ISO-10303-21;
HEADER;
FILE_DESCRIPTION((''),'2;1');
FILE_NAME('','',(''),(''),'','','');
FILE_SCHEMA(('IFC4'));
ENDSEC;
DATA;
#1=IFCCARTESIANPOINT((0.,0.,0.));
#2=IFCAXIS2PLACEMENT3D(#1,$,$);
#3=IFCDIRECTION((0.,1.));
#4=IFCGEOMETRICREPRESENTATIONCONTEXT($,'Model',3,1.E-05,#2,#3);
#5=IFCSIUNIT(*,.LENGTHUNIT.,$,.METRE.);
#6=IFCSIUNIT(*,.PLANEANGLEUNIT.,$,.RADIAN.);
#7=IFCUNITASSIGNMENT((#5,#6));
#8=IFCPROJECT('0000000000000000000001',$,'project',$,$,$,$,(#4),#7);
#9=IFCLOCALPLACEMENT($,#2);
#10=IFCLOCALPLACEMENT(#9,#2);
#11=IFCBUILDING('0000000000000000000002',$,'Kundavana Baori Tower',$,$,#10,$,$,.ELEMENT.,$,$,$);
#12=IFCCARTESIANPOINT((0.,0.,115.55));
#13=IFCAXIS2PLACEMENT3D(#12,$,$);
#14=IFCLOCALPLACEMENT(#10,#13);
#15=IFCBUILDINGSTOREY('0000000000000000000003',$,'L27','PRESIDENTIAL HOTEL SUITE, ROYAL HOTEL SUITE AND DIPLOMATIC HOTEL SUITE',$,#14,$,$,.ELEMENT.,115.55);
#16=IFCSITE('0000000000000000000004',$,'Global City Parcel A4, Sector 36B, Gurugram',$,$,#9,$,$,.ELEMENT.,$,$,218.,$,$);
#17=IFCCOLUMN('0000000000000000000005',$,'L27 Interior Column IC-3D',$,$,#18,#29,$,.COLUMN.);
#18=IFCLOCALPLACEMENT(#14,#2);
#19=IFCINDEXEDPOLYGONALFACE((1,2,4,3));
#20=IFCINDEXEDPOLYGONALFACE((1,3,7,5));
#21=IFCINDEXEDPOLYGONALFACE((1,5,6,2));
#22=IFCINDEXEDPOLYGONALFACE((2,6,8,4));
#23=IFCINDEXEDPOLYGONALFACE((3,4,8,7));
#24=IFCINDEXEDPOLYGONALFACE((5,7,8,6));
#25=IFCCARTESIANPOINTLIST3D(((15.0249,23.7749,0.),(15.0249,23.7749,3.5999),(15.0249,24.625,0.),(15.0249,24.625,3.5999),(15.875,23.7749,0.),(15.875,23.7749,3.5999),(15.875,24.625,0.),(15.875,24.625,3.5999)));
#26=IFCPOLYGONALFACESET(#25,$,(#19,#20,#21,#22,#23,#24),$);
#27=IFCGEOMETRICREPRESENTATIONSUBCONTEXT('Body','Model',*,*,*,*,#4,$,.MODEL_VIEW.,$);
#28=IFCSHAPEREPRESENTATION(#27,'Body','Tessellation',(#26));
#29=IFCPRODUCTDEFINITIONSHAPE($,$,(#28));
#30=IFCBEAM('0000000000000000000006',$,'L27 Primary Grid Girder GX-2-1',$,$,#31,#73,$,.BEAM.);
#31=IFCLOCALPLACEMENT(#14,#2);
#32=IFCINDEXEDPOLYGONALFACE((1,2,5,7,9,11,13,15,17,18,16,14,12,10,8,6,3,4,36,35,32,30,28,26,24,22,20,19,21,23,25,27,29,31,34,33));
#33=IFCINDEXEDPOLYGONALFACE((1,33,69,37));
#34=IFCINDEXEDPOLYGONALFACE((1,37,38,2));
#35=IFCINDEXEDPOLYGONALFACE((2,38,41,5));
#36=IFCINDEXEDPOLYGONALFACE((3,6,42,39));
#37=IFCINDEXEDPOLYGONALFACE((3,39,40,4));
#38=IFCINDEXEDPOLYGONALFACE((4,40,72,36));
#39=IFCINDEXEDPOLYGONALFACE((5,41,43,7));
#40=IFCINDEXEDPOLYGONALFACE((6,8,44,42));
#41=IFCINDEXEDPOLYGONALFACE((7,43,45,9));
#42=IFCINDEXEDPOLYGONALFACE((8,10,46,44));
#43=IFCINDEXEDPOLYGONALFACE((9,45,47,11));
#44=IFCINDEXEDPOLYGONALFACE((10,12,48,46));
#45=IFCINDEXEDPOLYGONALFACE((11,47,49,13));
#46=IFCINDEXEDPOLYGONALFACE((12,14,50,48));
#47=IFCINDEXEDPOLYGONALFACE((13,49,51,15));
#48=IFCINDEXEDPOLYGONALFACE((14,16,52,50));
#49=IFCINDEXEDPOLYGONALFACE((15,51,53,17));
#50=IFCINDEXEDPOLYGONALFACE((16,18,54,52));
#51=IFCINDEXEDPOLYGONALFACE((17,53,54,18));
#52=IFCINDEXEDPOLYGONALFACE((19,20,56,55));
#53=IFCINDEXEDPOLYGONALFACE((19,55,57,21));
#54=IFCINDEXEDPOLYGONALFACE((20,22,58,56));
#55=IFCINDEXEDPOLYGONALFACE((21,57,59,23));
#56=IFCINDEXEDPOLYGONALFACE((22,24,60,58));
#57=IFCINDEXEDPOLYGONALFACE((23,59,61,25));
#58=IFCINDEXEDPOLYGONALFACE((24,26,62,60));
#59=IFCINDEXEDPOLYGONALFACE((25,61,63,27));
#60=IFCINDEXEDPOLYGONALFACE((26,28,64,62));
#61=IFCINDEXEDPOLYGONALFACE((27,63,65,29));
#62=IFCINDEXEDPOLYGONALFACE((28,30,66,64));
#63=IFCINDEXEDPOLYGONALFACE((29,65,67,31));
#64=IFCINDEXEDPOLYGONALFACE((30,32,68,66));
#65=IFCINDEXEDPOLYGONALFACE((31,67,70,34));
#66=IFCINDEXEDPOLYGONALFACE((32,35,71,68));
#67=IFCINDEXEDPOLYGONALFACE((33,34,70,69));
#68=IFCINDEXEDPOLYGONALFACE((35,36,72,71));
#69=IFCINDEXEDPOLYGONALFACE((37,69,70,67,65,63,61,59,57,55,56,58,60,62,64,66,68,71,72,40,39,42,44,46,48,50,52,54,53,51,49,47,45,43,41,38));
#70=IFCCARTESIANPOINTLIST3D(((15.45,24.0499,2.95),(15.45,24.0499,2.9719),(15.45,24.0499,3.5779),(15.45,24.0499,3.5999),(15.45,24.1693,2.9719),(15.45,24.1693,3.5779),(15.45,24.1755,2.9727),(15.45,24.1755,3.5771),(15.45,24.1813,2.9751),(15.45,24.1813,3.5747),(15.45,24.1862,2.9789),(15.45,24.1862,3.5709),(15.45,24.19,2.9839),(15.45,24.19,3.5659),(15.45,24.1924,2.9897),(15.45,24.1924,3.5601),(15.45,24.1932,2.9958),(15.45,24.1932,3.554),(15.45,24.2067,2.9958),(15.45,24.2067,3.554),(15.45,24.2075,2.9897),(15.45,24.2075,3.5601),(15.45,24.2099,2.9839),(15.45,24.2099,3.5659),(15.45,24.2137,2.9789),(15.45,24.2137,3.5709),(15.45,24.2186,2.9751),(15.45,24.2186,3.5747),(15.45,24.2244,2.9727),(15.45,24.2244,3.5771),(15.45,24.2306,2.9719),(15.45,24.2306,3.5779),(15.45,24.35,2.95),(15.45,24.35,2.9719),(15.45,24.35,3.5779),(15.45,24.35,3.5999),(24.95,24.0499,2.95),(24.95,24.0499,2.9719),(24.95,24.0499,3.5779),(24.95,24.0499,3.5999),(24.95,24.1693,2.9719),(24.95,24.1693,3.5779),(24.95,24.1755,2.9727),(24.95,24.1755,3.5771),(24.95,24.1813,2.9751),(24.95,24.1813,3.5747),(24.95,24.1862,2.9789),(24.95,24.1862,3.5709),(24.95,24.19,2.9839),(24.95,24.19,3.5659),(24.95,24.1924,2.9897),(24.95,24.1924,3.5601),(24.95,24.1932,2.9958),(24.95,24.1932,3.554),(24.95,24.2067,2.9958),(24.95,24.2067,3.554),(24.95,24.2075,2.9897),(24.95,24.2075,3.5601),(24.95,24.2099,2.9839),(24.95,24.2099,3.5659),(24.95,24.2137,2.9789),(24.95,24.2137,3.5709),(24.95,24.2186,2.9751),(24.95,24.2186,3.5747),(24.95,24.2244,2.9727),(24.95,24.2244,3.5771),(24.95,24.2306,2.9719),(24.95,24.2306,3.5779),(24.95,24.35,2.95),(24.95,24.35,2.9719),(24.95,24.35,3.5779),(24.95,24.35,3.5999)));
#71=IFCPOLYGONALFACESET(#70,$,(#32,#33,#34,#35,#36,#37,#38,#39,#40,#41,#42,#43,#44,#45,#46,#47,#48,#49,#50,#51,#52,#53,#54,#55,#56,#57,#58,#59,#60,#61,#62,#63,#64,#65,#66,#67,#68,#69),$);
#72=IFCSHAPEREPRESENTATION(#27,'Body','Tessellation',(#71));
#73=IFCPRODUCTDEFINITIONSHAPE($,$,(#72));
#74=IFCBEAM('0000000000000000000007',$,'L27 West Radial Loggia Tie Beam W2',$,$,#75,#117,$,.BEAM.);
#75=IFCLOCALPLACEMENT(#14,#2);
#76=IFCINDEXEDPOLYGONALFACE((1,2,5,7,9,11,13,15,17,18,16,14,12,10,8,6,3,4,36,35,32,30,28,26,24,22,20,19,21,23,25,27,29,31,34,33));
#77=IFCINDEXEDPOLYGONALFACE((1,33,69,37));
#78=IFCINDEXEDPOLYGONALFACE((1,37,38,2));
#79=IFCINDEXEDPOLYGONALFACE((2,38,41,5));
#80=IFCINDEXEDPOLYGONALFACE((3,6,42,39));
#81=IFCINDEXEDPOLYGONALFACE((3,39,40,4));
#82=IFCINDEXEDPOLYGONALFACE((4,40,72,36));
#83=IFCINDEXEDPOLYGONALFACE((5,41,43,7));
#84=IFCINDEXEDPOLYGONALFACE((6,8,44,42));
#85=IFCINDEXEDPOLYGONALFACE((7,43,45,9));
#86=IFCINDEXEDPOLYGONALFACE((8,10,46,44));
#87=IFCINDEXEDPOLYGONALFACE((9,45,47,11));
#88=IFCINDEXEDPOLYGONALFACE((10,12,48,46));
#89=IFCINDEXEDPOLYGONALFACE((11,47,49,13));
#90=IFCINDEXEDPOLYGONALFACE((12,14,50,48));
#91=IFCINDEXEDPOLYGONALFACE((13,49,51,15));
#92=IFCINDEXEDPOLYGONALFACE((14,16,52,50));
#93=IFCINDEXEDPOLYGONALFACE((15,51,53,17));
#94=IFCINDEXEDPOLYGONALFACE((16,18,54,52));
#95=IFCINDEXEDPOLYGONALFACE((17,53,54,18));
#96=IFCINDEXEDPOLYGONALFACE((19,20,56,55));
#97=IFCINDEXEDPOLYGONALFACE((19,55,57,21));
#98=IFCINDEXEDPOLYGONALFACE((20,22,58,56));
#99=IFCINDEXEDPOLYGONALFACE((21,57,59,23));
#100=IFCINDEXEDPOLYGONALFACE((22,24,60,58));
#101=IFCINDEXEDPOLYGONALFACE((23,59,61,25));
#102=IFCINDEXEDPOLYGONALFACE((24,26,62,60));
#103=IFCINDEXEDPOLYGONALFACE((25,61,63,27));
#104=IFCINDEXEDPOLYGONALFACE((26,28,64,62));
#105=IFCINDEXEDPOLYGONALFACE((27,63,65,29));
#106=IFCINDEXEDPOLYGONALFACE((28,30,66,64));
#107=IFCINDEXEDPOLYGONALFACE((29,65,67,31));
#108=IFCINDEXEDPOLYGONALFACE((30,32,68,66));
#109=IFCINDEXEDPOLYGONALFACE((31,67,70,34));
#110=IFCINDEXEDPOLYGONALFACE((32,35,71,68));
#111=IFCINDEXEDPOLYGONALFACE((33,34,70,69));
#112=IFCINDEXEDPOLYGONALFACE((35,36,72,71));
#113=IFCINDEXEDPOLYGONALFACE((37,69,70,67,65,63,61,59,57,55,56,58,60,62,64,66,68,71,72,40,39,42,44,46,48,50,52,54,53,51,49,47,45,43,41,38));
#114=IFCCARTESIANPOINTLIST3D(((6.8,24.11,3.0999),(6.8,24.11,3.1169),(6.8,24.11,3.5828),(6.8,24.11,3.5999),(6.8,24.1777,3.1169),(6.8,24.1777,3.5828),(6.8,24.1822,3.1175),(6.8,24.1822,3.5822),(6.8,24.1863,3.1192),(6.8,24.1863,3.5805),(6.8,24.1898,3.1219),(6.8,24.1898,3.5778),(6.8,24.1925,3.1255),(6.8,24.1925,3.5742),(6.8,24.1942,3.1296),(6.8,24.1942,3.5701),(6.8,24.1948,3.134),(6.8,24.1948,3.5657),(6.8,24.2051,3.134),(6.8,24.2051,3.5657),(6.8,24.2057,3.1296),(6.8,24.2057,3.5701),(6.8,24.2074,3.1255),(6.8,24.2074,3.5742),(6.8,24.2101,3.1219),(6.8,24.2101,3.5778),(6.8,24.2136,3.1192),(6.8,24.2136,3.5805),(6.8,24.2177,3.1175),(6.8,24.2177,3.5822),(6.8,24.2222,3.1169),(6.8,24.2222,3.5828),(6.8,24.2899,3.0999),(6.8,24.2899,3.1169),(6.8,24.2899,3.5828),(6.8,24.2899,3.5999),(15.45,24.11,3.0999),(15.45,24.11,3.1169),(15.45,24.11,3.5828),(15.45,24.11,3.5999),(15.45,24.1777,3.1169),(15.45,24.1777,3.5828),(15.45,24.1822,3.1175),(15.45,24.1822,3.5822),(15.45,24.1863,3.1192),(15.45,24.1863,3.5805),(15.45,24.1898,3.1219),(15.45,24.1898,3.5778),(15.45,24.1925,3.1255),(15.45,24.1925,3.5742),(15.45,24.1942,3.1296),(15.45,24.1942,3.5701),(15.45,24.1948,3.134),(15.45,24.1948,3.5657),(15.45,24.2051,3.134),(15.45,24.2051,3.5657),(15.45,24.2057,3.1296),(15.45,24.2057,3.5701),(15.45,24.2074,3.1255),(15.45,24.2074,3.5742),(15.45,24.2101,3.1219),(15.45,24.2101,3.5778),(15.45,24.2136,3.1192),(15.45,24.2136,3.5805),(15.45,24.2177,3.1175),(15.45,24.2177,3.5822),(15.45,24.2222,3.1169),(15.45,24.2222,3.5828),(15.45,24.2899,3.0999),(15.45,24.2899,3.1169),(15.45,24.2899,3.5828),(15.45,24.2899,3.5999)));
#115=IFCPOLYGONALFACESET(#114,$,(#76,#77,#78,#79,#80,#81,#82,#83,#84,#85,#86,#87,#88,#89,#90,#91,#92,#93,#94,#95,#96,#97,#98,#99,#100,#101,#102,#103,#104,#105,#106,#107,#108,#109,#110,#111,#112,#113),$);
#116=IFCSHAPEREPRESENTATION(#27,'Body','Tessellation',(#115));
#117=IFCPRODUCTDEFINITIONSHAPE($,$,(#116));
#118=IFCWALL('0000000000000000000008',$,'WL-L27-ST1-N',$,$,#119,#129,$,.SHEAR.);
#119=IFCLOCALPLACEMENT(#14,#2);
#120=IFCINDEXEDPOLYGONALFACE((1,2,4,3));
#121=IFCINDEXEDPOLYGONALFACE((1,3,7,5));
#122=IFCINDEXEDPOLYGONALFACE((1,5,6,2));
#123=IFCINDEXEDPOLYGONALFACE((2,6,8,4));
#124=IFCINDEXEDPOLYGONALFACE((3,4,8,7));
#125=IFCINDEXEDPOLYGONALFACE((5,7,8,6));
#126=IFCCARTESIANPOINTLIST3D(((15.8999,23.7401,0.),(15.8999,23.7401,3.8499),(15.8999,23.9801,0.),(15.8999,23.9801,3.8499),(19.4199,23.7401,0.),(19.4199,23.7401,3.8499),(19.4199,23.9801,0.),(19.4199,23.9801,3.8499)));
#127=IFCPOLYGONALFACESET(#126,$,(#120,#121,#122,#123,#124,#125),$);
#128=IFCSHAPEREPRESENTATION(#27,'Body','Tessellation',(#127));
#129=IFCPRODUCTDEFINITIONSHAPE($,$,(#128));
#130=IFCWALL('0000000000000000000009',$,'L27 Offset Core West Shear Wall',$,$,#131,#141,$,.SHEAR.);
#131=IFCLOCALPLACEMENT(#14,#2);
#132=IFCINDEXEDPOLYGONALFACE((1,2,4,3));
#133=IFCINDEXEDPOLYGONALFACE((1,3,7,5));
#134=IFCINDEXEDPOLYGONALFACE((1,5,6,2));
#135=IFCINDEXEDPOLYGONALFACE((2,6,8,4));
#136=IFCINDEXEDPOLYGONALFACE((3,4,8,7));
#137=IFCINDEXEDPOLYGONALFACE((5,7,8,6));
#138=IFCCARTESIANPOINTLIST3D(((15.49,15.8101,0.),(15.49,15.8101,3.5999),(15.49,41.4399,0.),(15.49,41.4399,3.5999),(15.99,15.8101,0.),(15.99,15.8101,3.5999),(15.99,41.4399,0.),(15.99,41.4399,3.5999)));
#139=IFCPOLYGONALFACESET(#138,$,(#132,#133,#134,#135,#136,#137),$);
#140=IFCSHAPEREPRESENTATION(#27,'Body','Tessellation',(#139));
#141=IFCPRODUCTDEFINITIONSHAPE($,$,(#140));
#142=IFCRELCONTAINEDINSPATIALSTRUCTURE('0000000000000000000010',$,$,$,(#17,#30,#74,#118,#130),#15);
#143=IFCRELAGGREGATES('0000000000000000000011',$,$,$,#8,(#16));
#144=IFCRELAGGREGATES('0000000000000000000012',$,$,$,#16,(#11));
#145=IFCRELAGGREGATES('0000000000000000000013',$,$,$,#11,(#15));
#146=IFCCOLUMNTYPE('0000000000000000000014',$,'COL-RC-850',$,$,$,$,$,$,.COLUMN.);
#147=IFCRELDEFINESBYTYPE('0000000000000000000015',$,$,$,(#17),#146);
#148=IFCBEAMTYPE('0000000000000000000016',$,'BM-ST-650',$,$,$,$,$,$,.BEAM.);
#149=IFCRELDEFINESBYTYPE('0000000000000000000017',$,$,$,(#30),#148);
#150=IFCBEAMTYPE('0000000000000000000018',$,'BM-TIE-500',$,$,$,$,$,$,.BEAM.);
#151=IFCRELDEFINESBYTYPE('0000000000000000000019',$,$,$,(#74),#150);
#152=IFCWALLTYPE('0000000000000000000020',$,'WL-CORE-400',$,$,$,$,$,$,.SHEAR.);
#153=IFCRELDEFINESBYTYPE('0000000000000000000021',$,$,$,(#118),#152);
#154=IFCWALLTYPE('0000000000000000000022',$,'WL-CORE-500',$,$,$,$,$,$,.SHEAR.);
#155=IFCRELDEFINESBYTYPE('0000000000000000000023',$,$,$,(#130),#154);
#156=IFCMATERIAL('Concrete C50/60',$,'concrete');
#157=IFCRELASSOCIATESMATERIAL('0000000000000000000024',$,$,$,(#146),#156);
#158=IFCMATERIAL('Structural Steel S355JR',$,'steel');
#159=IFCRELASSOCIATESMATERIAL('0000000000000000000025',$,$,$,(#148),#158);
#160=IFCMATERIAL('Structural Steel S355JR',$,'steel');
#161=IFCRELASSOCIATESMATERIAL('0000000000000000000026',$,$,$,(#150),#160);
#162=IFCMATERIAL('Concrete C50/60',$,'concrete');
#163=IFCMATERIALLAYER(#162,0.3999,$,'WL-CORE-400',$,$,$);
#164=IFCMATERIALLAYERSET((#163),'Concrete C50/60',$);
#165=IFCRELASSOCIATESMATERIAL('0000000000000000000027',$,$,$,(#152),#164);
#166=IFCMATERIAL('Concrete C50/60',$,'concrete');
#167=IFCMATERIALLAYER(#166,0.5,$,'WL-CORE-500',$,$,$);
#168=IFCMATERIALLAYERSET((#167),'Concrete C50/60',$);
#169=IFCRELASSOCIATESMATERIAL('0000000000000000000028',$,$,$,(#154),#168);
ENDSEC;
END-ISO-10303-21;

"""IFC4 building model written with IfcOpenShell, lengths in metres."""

from ifc_helpers import new_model, si_unit, direction, frame, frame_2d, origin, origin_2d, place, context, subcontext, project, spatial, rectangle, i_section, extrude, material, layer, layer_set, material_profile, profile_set, type_object, element, save


model = new_model("IFC4")

# Units and contexts
model_context = context("Model", 3, precision=1e-05, world=origin(), true_north=direction((0.0, 1.0)))
body_context = subcontext(model_context, "Body", "Model", "MODEL_VIEW")
ifc_project = project(units=[si_unit("LENGTHUNIT", "METRE"), si_unit("PLANEANGLEUNIT", "RADIAN")], contexts=[model_context])

# Site, building, storey
site_placement = place(None, origin())
site = spatial("IfcSite", under=ifc_project, at=site_placement, Name="Global City Parcel A4, Sector 36B, Gurugram", CompositionType="ELEMENT", RefElevation=218.0)
building_placement = place(site_placement, origin())
building = spatial("IfcBuilding", under=site, at=building_placement, Name="Kundavana Baori Tower", CompositionType="ELEMENT")
storey_placement = place(building_placement, frame((0.0, 0.0, 115.55)))
storey = spatial("IfcBuildingStorey", under=building, at=storey_placement, Name="L27", Description="PRESIDENTIAL HOTEL SUITE, ROYAL HOTEL SUITE AND DIPLOMATIC HOTEL SUITE", CompositionType="ELEMENT", Elevation=115.55)

# Column
ifc_material_1 = material(Name="Concrete C50/60", Category="concrete")
ifc_material_profile_1 = material_profile(ifc_material_1, rectangle(XDim=0.8501, YDim=0.8501, at=origin_2d()), Name="RC 850x850")
ifc_profile_set_1 = profile_set([ifc_material_profile_1], Name="Concrete C50/60")
column_type = type_object("IfcColumnType", Name="COL-RC-850", PredefinedType="COLUMN", material=ifc_profile_set_1)
column_placement = place(storey_placement, frame((15.45, 24.2, 0.0), z_axis=(0.0, 0.0, 1.0), x_axis=(1.0, 0.0, 0.0)))
element("IfcColumn", 1, at=column_placement, inside=storey, type_object=column_type, Name="L27 Interior Column IC-3D", PredefinedType="COLUMN", context=body_context, shape_type="SweptSolid", body=[
    extrude(rectangle(XDim=0.8501, YDim=0.8501, at=origin_2d()), origin(), (0.0, 0.0, 1.0), 3.5999),
])

# Beams
ifc_material_2 = material(Name="Structural Steel S355JR", Category="steel")
ifc_material_profile_2 = material_profile(ifc_material_2, i_section(OverallWidth=0.3, OverallDepth=0.6499, WebThickness=0.0134, FlangeThickness=0.022, FilletRadius=0.0239, at=origin_2d()), Name="NPB 650x300x155")
ifc_profile_set_2 = profile_set([ifc_material_profile_2], Name="Structural Steel S355JR")
beam_type_1 = type_object("IfcBeamType", Name="BM-ST-650", PredefinedType="BEAM", material=ifc_profile_set_2)
beam_1_placement = place(storey_placement, frame((15.45, 24.2, 3.2749), z_axis=(1.0, 0.0, 0.0), x_axis=(0.0, 1.0, 0.0)))
element("IfcBeam", 2, at=beam_1_placement, inside=storey, type_object=beam_type_1, Name="L27 Primary Grid Girder GX-2-1", PredefinedType="BEAM", context=body_context, shape_type="SweptSolid", body=[
    extrude(i_section(OverallWidth=0.3, OverallDepth=0.6499, WebThickness=0.0134, FlangeThickness=0.022, FilletRadius=0.0239, at=origin_2d()), origin(), (0.0, 0.0, 1.0), 9.5),
])
ifc_material_3 = material(Name="Structural Steel S355JR", Category="steel")
ifc_material_profile_3 = material_profile(ifc_material_3, i_section(OverallWidth=0.1799, OverallDepth=0.5, WebThickness=0.0103, FlangeThickness=0.0171, FilletRadius=0.0171, at=origin_2d()), Name="ISMB 500")
ifc_profile_set_3 = profile_set([ifc_material_profile_3], Name="Structural Steel S355JR")
beam_type_2 = type_object("IfcBeamType", Name="BM-TIE-500", PredefinedType="BEAM", material=ifc_profile_set_3)
beam_2_placement = place(storey_placement, frame((15.45, 24.2, 3.3499), z_axis=(-1.0, 0.0, 0.0), x_axis=(0.0, -1.0, 0.0)))
element("IfcBeam", 3, at=beam_2_placement, inside=storey, type_object=beam_type_2, Name="L27 West Radial Loggia Tie Beam W2", PredefinedType="BEAM", context=body_context, shape_type="SweptSolid", body=[
    extrude(i_section(OverallWidth=0.1799, OverallDepth=0.5, WebThickness=0.0103, FlangeThickness=0.0171, FilletRadius=0.0171, at=origin_2d()), origin(), (0.0, 0.0, 1.0), 8.6499),
])

# Walls
ifc_material_4 = material(Name="Concrete C50/60", Category="concrete")
ifc_layer_1 = layer(ifc_material_4, 0.3999, Name="WL-CORE-400")
ifc_layer_set_1 = layer_set([ifc_layer_1], Name="Concrete C50/60")
wall_type_1 = type_object("IfcWallType", Name="WL-CORE-400", PredefinedType="SHEAR", material=ifc_layer_set_1)
wall_1_placement = place(storey_placement, frame((15.8999, 23.8601, 0.0), z_axis=(0.0, 0.0, 1.0), x_axis=(1.0, 0.0, 0.0)))
element("IfcWall", 4, at=wall_1_placement, inside=storey, type_object=wall_type_1, Name="WL-L27-ST1-N", PredefinedType="SHEAR", context=body_context, shape_type="SweptSolid", body=[
    extrude(rectangle(XDim=3.52, YDim=0.24, at=frame_2d((1.76, 0.0))), origin(), (0.0, 0.0, 1.0), 3.8499),
])
ifc_material_5 = material(Name="Concrete C50/60", Category="concrete")
ifc_layer_2 = layer(ifc_material_5, 0.5, Name="WL-CORE-500")
ifc_layer_set_2 = layer_set([ifc_layer_2], Name="Concrete C50/60")
wall_type_2 = type_object("IfcWallType", Name="WL-CORE-500", PredefinedType="SHEAR", material=ifc_layer_set_2)
wall_2_placement = place(storey_placement, frame((15.74, 15.8101, 0.0), z_axis=(0.0, 0.0, 1.0), x_axis=(0.0, 1.0, 0.0)))
element("IfcWall", 5, at=wall_2_placement, inside=storey, type_object=wall_type_2, Name="L27 Offset Core West Shear Wall", PredefinedType="SHEAR", context=body_context, shape_type="SweptSolid", body=[
    extrude(rectangle(XDim=25.6299, YDim=0.5, at=frame_2d((12.8149, 0.0))), origin(), (0.0, 0.0, 1.0), 3.5999),
])

save(model, "model.ifc")
